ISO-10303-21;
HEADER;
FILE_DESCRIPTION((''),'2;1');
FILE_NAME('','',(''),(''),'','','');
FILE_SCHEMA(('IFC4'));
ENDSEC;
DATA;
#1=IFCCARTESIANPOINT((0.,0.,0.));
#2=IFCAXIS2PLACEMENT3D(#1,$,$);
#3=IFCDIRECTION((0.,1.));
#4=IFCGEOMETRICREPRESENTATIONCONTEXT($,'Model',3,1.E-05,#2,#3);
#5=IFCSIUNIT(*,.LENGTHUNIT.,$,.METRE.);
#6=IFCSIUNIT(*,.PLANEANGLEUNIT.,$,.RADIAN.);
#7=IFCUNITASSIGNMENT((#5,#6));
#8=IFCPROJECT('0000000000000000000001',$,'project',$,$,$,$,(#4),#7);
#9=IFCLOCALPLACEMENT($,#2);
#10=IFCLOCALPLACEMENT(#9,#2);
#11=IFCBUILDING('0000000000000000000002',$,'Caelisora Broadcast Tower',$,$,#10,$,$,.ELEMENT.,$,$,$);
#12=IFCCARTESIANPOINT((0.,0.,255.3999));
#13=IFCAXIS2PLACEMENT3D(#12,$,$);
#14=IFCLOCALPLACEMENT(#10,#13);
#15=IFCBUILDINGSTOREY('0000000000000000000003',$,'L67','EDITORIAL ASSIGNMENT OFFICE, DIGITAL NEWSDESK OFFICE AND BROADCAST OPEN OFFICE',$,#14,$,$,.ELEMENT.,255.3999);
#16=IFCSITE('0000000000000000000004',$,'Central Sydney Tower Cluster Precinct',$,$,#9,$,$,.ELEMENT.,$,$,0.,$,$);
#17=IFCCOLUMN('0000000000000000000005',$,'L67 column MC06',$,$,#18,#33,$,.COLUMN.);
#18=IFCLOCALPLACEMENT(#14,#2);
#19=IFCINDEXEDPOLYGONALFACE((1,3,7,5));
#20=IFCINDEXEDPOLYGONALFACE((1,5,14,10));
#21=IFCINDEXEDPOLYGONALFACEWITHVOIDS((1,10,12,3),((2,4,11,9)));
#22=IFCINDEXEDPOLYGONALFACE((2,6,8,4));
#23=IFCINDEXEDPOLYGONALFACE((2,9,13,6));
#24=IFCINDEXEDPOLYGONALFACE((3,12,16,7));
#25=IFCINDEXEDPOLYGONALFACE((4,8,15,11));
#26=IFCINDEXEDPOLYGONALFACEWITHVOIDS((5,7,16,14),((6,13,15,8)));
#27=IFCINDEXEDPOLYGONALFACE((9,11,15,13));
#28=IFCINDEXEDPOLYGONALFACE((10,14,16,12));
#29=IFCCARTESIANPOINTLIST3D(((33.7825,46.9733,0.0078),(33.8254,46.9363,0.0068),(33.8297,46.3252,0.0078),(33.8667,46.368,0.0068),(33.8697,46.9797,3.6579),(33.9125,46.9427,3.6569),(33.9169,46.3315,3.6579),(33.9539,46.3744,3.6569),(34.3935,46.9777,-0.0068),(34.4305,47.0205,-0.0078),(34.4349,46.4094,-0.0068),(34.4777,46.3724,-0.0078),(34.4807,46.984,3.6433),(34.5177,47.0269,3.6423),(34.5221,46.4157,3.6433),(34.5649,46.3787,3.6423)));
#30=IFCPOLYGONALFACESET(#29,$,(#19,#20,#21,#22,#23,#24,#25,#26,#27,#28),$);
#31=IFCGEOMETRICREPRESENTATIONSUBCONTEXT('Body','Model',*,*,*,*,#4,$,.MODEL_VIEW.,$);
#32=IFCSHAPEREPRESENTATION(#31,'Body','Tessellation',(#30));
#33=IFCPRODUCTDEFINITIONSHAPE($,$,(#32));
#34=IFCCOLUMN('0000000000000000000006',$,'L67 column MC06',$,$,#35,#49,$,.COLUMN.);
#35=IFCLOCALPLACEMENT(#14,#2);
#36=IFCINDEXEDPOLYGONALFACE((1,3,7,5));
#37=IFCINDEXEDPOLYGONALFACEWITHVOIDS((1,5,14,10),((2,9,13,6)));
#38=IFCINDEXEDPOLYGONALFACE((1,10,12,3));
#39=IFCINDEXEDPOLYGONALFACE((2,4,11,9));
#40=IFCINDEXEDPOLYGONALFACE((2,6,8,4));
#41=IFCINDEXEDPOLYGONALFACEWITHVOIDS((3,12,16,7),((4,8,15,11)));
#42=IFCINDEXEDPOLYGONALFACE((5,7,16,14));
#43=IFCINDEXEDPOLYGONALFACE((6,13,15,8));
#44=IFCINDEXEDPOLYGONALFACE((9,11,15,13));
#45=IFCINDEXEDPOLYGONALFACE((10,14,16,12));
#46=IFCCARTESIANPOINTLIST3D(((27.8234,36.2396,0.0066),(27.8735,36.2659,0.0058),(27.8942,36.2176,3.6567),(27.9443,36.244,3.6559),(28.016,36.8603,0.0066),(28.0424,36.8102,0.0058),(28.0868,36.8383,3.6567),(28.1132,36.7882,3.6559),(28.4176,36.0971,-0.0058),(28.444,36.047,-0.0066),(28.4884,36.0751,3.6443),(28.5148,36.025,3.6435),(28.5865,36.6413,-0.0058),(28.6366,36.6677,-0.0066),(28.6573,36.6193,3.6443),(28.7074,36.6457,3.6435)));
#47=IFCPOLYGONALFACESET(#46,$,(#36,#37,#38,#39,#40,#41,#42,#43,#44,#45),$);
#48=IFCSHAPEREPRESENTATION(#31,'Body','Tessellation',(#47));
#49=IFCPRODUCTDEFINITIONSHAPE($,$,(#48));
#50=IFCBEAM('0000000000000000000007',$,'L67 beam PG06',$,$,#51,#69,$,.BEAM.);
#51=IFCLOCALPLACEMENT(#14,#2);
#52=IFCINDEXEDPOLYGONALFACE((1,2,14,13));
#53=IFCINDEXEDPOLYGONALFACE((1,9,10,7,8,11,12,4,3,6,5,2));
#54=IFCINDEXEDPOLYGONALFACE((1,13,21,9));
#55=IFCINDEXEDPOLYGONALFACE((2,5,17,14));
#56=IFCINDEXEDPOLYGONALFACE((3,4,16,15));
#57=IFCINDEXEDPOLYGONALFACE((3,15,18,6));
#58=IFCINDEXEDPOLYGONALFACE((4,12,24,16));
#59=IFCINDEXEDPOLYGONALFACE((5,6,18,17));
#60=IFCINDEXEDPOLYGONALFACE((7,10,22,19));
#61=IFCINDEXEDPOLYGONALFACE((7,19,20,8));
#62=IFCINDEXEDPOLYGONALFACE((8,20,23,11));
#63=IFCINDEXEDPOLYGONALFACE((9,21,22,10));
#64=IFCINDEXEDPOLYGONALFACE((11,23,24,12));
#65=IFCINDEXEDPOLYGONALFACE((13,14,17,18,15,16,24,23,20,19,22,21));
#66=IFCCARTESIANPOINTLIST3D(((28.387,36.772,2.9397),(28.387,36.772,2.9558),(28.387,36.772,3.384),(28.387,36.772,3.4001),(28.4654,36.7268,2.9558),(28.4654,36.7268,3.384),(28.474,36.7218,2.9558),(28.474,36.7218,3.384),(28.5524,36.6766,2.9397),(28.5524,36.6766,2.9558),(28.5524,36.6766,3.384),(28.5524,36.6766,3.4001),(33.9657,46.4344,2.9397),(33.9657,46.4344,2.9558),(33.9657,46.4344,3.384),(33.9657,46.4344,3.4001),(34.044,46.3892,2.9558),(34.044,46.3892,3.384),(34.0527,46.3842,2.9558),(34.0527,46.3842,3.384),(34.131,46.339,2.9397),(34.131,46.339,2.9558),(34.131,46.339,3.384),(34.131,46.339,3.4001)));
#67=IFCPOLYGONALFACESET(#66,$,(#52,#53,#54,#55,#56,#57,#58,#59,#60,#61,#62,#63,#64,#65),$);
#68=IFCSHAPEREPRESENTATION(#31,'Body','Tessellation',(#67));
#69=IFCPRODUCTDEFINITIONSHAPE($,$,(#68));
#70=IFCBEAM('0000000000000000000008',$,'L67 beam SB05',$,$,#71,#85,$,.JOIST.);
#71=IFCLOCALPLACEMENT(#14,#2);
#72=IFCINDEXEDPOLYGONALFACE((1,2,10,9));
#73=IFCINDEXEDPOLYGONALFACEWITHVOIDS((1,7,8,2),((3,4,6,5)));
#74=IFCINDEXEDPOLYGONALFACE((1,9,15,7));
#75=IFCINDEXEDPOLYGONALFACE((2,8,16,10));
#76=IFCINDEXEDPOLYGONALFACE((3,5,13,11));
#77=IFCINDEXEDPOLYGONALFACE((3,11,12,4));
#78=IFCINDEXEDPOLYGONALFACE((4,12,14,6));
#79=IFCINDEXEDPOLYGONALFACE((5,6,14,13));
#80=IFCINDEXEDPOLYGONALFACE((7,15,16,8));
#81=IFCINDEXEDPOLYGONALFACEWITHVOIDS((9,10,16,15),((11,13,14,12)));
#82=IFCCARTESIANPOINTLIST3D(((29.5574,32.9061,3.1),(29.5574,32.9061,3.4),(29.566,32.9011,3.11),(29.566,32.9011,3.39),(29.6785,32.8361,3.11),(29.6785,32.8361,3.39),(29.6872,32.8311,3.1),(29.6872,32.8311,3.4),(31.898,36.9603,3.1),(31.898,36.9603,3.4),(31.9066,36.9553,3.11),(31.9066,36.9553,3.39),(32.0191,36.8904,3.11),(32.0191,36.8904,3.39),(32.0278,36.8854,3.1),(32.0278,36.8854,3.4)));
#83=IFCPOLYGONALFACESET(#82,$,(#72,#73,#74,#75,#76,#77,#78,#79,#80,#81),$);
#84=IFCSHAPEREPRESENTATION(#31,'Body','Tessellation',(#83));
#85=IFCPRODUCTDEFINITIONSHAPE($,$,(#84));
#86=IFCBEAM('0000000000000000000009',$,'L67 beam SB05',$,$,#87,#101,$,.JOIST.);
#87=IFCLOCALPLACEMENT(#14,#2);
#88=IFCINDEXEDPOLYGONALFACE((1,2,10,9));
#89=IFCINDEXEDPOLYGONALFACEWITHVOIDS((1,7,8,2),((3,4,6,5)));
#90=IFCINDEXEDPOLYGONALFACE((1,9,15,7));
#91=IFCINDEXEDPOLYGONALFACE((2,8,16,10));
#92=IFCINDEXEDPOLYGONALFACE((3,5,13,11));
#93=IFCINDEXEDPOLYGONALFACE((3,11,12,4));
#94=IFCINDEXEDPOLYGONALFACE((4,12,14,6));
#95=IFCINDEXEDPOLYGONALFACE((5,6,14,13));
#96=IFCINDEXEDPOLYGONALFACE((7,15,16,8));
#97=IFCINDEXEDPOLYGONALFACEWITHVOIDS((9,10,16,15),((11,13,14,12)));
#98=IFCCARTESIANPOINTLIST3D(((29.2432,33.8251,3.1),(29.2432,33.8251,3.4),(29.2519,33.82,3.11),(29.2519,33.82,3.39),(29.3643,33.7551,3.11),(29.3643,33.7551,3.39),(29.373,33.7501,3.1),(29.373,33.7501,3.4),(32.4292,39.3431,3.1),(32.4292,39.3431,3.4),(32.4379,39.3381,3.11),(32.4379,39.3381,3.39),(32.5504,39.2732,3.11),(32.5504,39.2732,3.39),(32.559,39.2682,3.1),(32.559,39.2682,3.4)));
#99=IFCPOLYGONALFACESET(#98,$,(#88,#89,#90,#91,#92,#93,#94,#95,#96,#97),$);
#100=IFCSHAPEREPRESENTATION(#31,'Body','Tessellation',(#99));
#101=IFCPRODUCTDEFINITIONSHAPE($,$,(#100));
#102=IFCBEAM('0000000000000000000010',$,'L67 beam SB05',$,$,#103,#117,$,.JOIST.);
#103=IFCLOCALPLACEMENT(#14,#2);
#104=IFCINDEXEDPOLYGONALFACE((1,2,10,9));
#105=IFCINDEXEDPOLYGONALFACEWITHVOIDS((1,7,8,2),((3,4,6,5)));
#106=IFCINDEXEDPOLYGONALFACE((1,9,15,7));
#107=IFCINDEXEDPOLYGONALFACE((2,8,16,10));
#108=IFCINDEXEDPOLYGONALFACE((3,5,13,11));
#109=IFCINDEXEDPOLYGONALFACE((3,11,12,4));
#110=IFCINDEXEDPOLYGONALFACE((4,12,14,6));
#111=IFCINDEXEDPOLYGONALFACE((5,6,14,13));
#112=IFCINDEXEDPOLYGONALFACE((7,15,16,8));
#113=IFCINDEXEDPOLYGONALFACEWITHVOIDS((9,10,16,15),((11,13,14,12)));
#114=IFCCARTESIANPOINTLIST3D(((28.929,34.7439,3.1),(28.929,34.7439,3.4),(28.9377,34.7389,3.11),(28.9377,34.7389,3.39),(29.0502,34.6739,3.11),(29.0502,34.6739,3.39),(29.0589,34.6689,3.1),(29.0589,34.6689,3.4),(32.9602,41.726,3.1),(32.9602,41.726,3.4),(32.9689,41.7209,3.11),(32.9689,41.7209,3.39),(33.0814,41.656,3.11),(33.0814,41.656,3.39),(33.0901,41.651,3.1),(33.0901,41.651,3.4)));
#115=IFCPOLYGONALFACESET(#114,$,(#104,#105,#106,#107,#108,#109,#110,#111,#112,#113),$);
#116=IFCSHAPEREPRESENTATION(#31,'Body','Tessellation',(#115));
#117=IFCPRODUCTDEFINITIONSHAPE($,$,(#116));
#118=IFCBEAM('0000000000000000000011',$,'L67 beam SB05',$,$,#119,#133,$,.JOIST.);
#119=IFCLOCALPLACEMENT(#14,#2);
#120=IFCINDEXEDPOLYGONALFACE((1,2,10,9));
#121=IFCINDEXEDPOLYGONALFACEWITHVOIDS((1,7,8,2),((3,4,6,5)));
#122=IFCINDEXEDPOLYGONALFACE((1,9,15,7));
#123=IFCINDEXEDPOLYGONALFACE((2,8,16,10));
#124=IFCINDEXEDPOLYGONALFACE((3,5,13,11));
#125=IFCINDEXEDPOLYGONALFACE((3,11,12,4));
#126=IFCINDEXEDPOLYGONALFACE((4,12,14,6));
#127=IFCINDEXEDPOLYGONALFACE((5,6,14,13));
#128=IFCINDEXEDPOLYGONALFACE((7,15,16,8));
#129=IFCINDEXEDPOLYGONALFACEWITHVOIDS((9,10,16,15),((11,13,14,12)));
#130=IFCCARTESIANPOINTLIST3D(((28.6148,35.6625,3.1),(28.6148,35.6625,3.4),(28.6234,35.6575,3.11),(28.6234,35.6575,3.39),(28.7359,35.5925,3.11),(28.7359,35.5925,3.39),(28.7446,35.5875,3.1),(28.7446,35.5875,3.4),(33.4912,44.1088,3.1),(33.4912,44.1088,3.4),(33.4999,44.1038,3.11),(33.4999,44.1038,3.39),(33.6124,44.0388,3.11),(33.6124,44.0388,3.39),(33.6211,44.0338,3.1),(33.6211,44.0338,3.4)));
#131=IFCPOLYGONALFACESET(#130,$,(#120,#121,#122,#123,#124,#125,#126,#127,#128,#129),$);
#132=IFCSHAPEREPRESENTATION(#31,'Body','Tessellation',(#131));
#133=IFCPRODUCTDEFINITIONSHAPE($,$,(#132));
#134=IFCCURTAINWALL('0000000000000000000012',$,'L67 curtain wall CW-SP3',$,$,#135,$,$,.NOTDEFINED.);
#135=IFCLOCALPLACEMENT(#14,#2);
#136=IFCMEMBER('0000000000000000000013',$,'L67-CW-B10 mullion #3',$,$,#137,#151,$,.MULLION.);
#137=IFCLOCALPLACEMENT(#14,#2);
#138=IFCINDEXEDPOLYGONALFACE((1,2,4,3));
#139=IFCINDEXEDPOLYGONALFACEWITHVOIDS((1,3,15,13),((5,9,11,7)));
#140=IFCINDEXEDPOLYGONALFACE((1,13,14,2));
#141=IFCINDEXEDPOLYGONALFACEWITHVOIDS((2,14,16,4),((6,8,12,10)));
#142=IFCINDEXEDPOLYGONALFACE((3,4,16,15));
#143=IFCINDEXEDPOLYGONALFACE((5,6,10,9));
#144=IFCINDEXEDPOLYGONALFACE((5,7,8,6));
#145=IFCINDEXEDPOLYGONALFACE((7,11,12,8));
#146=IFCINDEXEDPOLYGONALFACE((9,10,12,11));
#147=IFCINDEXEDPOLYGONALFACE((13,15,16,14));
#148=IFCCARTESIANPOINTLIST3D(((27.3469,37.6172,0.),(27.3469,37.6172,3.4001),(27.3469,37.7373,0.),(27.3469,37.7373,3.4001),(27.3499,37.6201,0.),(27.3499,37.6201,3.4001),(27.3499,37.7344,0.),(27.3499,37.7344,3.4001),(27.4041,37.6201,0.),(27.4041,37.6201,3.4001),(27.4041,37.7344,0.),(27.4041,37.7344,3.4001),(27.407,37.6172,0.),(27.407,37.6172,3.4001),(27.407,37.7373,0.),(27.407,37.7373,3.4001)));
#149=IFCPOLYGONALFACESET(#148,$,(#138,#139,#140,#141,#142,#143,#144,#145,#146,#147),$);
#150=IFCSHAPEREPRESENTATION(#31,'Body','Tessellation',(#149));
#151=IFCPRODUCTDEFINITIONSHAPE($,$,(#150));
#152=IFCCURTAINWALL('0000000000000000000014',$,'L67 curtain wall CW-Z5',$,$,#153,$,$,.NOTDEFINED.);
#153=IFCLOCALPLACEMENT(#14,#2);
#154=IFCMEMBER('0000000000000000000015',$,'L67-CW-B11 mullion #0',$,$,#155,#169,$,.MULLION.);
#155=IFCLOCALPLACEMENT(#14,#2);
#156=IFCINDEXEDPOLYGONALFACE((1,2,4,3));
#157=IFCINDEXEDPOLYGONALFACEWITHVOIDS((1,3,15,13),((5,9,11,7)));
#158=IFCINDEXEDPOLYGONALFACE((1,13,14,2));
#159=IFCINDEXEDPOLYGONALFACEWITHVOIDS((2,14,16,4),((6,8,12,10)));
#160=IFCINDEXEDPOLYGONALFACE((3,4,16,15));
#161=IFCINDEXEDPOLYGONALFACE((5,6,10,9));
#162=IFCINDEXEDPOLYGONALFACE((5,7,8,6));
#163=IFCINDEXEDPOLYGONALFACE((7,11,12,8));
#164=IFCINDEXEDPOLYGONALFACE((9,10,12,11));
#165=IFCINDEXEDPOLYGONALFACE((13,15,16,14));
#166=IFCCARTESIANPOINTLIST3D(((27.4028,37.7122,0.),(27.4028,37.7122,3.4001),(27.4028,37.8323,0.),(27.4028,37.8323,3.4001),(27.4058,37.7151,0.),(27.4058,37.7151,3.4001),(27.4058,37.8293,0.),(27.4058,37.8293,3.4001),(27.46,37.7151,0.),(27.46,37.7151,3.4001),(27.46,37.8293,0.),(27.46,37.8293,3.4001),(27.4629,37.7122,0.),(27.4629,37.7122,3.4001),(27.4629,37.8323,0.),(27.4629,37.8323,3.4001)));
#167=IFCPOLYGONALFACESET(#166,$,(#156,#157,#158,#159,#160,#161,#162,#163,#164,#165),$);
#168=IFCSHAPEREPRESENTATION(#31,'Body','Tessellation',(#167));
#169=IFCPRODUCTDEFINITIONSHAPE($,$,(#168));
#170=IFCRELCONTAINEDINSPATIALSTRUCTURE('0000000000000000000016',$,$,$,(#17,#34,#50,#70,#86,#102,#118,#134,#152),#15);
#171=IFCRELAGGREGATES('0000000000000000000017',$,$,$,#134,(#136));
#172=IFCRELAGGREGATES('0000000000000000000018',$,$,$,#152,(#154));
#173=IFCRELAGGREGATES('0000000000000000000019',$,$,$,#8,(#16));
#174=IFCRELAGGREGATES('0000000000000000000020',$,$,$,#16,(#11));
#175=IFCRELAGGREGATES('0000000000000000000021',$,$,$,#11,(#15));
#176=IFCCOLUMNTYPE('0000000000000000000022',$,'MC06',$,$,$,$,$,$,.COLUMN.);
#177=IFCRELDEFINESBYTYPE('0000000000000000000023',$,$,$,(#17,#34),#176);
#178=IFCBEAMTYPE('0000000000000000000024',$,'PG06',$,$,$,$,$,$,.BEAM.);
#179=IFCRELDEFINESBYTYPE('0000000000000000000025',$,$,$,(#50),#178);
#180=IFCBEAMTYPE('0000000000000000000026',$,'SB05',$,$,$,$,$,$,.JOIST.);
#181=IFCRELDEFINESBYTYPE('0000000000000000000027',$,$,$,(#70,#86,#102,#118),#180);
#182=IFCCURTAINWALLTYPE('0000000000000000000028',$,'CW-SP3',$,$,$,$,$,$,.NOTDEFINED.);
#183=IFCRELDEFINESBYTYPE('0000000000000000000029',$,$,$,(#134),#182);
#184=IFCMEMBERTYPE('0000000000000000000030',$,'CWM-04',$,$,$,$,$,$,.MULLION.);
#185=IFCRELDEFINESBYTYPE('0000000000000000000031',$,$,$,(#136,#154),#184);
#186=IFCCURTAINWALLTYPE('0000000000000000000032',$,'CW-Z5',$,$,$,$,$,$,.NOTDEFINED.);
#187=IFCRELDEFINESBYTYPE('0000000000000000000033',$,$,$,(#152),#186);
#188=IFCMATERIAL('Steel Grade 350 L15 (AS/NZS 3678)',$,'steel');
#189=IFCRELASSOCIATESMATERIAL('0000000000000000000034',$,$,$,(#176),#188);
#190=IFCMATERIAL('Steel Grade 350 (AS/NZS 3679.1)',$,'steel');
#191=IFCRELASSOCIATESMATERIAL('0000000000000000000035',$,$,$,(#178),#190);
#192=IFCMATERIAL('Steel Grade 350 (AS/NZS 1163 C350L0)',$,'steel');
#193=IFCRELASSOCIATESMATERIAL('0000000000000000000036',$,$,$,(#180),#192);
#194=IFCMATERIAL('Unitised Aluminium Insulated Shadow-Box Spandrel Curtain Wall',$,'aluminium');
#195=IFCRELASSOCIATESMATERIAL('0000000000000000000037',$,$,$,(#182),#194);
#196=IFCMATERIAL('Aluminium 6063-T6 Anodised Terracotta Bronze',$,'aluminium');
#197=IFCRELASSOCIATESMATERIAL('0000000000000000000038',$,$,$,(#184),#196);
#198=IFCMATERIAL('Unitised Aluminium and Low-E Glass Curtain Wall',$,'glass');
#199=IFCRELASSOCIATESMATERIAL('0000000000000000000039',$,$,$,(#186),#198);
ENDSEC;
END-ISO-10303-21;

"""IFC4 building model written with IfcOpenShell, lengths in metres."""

from ifc_helpers import new_model, si_unit, direction, frame, origin, origin_2d, place, context, subcontext, project, spatial, hollow_rectangle, i_section, extrude, source, transform, mapped, material, material_profile, profile_set, type_object, type_shapes, element, aggregate, save


model = new_model("IFC4")

# Units and contexts
model_context = context("Model", 3, precision=1e-05, world=origin(), true_north=direction((0.0, 1.0)))
body_context = subcontext(model_context, "Body", "Model", "MODEL_VIEW")
ifc_project = project(units=[si_unit("LENGTHUNIT", "METRE"), si_unit("PLANEANGLEUNIT", "RADIAN")], contexts=[model_context])

# Site, building, storey
site_placement = place(None, origin())
site = spatial("IfcSite", under=ifc_project, at=site_placement, Name="Central Sydney Tower Cluster Precinct", CompositionType="ELEMENT", RefElevation=0.0)
building_placement = place(site_placement, origin())
building = spatial("IfcBuilding", under=site, at=building_placement, Name="Caelisora Broadcast Tower", CompositionType="ELEMENT")
storey_placement = place(building_placement, frame((0.0, 0.0, 255.3999)))
storey = spatial("IfcBuildingStorey", under=building, at=storey_placement, Name="L67", Description="EDITORIAL ASSIGNMENT OFFICE, DIGITAL NEWSDESK OFFICE AND BROADCAST OPEN OFFICE", CompositionType="ELEMENT", Elevation=255.3999)

# Columns
ifc_material_1 = material(Name="Steel Grade 350 L15 (AS/NZS 3678)", Category="steel")
ifc_material_profile_1 = material_profile(ifc_material_1, hollow_rectangle(XDim=0.6499, YDim=0.6499, WallThickness=0.04, at=origin_2d()), Name="Steel Grade 350 L15 (AS/NZS 3678)")
ifc_profile_set_1 = profile_set([ifc_material_profile_1], Name="Steel Grade 350 L15 (AS/NZS 3678)")
column_type = type_object("IfcColumnType", Name="MC06", PredefinedType="COLUMN", material=ifc_profile_set_1)
shared_shape_1 = source(origin(), body_context, "Body", "SweptSolid", [
    extrude(hollow_rectangle(XDim=0.6499, YDim=0.6499, WallThickness=0.04, at=origin_2d()), origin(), (0.0, 0.0, 1.0), 3.6511),
])
column_1_placement = place(storey_placement, frame((34.1301, 46.6729, 0.0), z_axis=(0.023871, 0.001739, 0.999714), x_axis=(-0.072637, 0.997358, 0.0)))
element("IfcColumn", 1, at=column_1_placement, inside=storey, type_object=column_type, Name="L67 column MC06", PredefinedType="COLUMN", context=body_context, shape_type="MappedRepresentation", body=[
    mapped(shared_shape_1, transform((0.0, 0.0, 0.0), scale=1.0)),
])
shared_shape_2 = source(origin(), body_context, "Body", "SweptSolid", [
    extrude(hollow_rectangle(XDim=0.6499, YDim=0.6499, WallThickness=0.04, at=origin_2d()), origin(), (0.0, 0.0, 1.0), 3.6509),
])
type_shapes(column_type, [shared_shape_1, shared_shape_2])
column_2_placement = place(storey_placement, frame((28.23, 36.4536, 0.0), z_axis=(0.019393, -0.006018, 0.999794), x_axis=(0.296399, 0.955064, 0.0)))
element("IfcColumn", 2, at=column_2_placement, inside=storey, type_object=column_type, Name="L67 column MC06", PredefinedType="COLUMN", context=body_context, shape_type="MappedRepresentation", body=[
    mapped(shared_shape_2, transform((0.0, 0.0, 0.0), scale=1.0)),
])

# Beams
ifc_material_2 = material(Name="Steel Grade 350 (AS/NZS 3679.1)", Category="steel")
ifc_material_profile_2 = material_profile(ifc_material_2, i_section(OverallWidth=0.1909, OverallDepth=0.4604, WebThickness=0.01, FlangeThickness=0.0161, at=origin_2d()), Name="Steel Grade 350 (AS/NZS 3679.1)")
ifc_profile_set_2 = profile_set([ifc_material_profile_2], Name="Steel Grade 350 (AS/NZS 3679.1)")
beam_type_1 = type_object("IfcBeamType", Name="PG06", PredefinedType="BEAM", material=ifc_profile_set_2)
shared_shape_3 = source(origin(), body_context, "Body", "SweptSolid", [
    extrude(i_section(OverallWidth=0.1909, OverallDepth=0.4604, WebThickness=0.01, FlangeThickness=0.0161, at=origin_2d()), origin(), (0.0, 0.0, 1.0), 11.1572),
])
type_shapes(beam_type_1, [shared_shape_3])
beam_1_placement = place(storey_placement, frame((34.0483, 46.3867, 3.1699), z_axis=(-0.500003, -0.866023, 0.0), x_axis=(0.866023, -0.500003, 0.0)))
element("IfcBeam", 3, at=beam_1_placement, inside=storey, type_object=beam_type_1, Name="L67 beam PG06", PredefinedType="BEAM", context=body_context, shape_type="MappedRepresentation", body=[
    mapped(shared_shape_3, transform((0.0, 0.0, 0.0), scale=1.0)),
])
ifc_material_3 = material(Name="Steel Grade 350 (AS/NZS 1163 C350L0)", Category="steel")
ifc_material_profile_3 = material_profile(ifc_material_3, hollow_rectangle(XDim=0.1499, YDim=0.3, WallThickness=0.01, at=origin_2d()), Name="Steel Grade 350 (AS/NZS 1163 C350L0)")
ifc_profile_set_3 = profile_set([ifc_material_profile_3], Name="Steel Grade 350 (AS/NZS 1163 C350L0)")
beam_type_2 = type_object("IfcBeamType", Name="SB05", PredefinedType="JOIST", material=ifc_profile_set_3)
shared_shape_4 = source(origin(), body_context, "Body", "SweptSolid", [
    extrude(hollow_rectangle(XDim=0.1499, YDim=0.3, WallThickness=0.01, at=origin_2d()), origin(), (0.0, 0.0, 1.0), 4.6814),
])
beam_2_placement = place(storey_placement, frame((31.9629, 36.9229, 3.25), z_axis=(-0.499981, -0.866036, 0.0), x_axis=(0.866036, -0.499981, 0.0)))
element("IfcBeam", 4, at=beam_2_placement, inside=storey, type_object=beam_type_2, Name="L67 beam SB05", PredefinedType="JOIST", context=body_context, shape_type="MappedRepresentation", body=[
    mapped(shared_shape_4, transform((0.0, 0.0, 0.0), scale=1.0)),
])
shared_shape_5 = source(origin(), body_context, "Body", "SweptSolid", [
    extrude(hollow_rectangle(XDim=0.1499, YDim=0.3, WallThickness=0.01, at=origin_2d()), origin(), (0.0, 0.0, 1.0), 6.3718),
])
beam_3_placement = place(storey_placement, frame((32.4941, 39.3057, 3.25), z_axis=(-0.500021, -0.866013, 0.0), x_axis=(0.866013, -0.500021, 0.0)))
element("IfcBeam", 5, at=beam_3_placement, inside=storey, type_object=beam_type_2, Name="L67 beam SB05", PredefinedType="JOIST", context=body_context, shape_type="MappedRepresentation", body=[
    mapped(shared_shape_5, transform((0.0, 0.0, 0.0), scale=1.0)),
])
shared_shape_6 = source(origin(), body_context, "Body", "SweptSolid", [
    extrude(hollow_rectangle(XDim=0.1499, YDim=0.3, WallThickness=0.01, at=origin_2d()), origin(), (0.0, 0.0, 1.0), 8.0623),
])
beam_4_placement = place(storey_placement, frame((33.0251, 41.6885, 3.25), z_axis=(-0.500008, -0.866021, 0.0), x_axis=(0.866021, -0.500008, 0.0)))
element("IfcBeam", 6, at=beam_4_placement, inside=storey, type_object=beam_type_2, Name="L67 beam SB05", PredefinedType="JOIST", context=body_context, shape_type="MappedRepresentation", body=[
    mapped(shared_shape_6, transform((0.0, 0.0, 0.0), scale=1.0)),
])
shared_shape_7 = source(origin(), body_context, "Body", "SweptSolid", [
    extrude(hollow_rectangle(XDim=0.1499, YDim=0.3, WallThickness=0.01, at=origin_2d()), origin(), (0.0, 0.0, 1.0), 9.7529),
])
type_shapes(beam_type_2, [shared_shape_4, shared_shape_5, shared_shape_6, shared_shape_7])
beam_5_placement = place(storey_placement, frame((33.5562, 44.0713, 3.25), z_axis=(-0.5, -0.866026, 0.0), x_axis=(0.866026, -0.5, 0.0)))
element("IfcBeam", 7, at=beam_5_placement, inside=storey, type_object=beam_type_2, Name="L67 beam SB05", PredefinedType="JOIST", context=body_context, shape_type="MappedRepresentation", body=[
    mapped(shared_shape_7, transform((0.0, 0.0, 0.0), scale=1.0)),
])

# Curtain wall, member
ifc_material_4 = material(Name="Unitised Aluminium Insulated Shadow-Box Spandrel Curtain Wall", Category="aluminium")
curtain_wall_type_1 = type_object("IfcCurtainWallType", Name="CW-SP3", PredefinedType="NOTDEFINED", material=ifc_material_4)
curtain_wall_1_placement = place(storey_placement, origin())
curtain_wall_1 = element("IfcCurtainWall", 8, at=curtain_wall_1_placement, inside=storey, type_object=curtain_wall_type_1, Name="L67 curtain wall CW-SP3", PredefinedType="NOTDEFINED")
ifc_material_5 = material(Name="Aluminium 6063-T6 Anodised Terracotta Bronze", Category="aluminium")
ifc_material_profile_4 = material_profile(ifc_material_5, hollow_rectangle(XDim=0.0601, YDim=0.1201, WallThickness=0.0029, at=origin_2d()), Name="Aluminium 6063-T6 Anodised Terracotta Bronze")
ifc_profile_set_4 = profile_set([ifc_material_profile_4], Name="Aluminium 6063-T6 Anodised Terracotta Bronze")
member_type_1 = type_object("IfcMemberType", Name="CWM-04", PredefinedType="MULLION", material=ifc_profile_set_4)
shared_shape_8 = source(origin(), body_context, "Body", "SweptSolid", [
    extrude(hollow_rectangle(XDim=0.0601, YDim=0.1201, WallThickness=0.0029, at=origin_2d()), origin(), (0.0, 0.0, 1.0), 3.4001),
])
type_shapes(member_type_1, [shared_shape_8])
member_1_placement = place(storey_placement, frame((27.377, 37.6772, 0.0), z_axis=(0.0, 0.0, 1.0), x_axis=(1.0, 0.0, 0.0)))
member_1 = element("IfcMember", 9, at=member_1_placement, type_object=member_type_1, Name="L67-CW-B10 mullion #3", PredefinedType="MULLION", context=body_context, shape_type="MappedRepresentation", body=[
    mapped(shared_shape_8, transform((0.0, 0.0, 0.0), scale=1.0)),
])
aggregate(curtain_wall_1, [member_1])

# Curtain wall, member
ifc_material_6 = material(Name="Unitised Aluminium and Low-E Glass Curtain Wall", Category="glass")
curtain_wall_type_2 = type_object("IfcCurtainWallType", Name="CW-Z5", PredefinedType="NOTDEFINED", material=ifc_material_6)
curtain_wall_2_placement = place(storey_placement, origin())
curtain_wall_2 = element("IfcCurtainWall", 10, at=curtain_wall_2_placement, inside=storey, type_object=curtain_wall_type_2, Name="L67 curtain wall CW-Z5", PredefinedType="NOTDEFINED")
member_2_placement = place(storey_placement, frame((27.4329, 37.7722, 0.0), z_axis=(0.0, 0.0, 1.0), x_axis=(1.0, 0.0, 0.0)))
member_2 = element("IfcMember", 11, at=member_2_placement, type_object=member_type_1, Name="L67-CW-B11 mullion #0", PredefinedType="MULLION", context=body_context, shape_type="MappedRepresentation", body=[
    mapped(shared_shape_8, transform((0.0, 0.0, 0.0), scale=1.0)),
])

aggregate(curtain_wall_2, [member_2])

save(model, "model.ifc")
